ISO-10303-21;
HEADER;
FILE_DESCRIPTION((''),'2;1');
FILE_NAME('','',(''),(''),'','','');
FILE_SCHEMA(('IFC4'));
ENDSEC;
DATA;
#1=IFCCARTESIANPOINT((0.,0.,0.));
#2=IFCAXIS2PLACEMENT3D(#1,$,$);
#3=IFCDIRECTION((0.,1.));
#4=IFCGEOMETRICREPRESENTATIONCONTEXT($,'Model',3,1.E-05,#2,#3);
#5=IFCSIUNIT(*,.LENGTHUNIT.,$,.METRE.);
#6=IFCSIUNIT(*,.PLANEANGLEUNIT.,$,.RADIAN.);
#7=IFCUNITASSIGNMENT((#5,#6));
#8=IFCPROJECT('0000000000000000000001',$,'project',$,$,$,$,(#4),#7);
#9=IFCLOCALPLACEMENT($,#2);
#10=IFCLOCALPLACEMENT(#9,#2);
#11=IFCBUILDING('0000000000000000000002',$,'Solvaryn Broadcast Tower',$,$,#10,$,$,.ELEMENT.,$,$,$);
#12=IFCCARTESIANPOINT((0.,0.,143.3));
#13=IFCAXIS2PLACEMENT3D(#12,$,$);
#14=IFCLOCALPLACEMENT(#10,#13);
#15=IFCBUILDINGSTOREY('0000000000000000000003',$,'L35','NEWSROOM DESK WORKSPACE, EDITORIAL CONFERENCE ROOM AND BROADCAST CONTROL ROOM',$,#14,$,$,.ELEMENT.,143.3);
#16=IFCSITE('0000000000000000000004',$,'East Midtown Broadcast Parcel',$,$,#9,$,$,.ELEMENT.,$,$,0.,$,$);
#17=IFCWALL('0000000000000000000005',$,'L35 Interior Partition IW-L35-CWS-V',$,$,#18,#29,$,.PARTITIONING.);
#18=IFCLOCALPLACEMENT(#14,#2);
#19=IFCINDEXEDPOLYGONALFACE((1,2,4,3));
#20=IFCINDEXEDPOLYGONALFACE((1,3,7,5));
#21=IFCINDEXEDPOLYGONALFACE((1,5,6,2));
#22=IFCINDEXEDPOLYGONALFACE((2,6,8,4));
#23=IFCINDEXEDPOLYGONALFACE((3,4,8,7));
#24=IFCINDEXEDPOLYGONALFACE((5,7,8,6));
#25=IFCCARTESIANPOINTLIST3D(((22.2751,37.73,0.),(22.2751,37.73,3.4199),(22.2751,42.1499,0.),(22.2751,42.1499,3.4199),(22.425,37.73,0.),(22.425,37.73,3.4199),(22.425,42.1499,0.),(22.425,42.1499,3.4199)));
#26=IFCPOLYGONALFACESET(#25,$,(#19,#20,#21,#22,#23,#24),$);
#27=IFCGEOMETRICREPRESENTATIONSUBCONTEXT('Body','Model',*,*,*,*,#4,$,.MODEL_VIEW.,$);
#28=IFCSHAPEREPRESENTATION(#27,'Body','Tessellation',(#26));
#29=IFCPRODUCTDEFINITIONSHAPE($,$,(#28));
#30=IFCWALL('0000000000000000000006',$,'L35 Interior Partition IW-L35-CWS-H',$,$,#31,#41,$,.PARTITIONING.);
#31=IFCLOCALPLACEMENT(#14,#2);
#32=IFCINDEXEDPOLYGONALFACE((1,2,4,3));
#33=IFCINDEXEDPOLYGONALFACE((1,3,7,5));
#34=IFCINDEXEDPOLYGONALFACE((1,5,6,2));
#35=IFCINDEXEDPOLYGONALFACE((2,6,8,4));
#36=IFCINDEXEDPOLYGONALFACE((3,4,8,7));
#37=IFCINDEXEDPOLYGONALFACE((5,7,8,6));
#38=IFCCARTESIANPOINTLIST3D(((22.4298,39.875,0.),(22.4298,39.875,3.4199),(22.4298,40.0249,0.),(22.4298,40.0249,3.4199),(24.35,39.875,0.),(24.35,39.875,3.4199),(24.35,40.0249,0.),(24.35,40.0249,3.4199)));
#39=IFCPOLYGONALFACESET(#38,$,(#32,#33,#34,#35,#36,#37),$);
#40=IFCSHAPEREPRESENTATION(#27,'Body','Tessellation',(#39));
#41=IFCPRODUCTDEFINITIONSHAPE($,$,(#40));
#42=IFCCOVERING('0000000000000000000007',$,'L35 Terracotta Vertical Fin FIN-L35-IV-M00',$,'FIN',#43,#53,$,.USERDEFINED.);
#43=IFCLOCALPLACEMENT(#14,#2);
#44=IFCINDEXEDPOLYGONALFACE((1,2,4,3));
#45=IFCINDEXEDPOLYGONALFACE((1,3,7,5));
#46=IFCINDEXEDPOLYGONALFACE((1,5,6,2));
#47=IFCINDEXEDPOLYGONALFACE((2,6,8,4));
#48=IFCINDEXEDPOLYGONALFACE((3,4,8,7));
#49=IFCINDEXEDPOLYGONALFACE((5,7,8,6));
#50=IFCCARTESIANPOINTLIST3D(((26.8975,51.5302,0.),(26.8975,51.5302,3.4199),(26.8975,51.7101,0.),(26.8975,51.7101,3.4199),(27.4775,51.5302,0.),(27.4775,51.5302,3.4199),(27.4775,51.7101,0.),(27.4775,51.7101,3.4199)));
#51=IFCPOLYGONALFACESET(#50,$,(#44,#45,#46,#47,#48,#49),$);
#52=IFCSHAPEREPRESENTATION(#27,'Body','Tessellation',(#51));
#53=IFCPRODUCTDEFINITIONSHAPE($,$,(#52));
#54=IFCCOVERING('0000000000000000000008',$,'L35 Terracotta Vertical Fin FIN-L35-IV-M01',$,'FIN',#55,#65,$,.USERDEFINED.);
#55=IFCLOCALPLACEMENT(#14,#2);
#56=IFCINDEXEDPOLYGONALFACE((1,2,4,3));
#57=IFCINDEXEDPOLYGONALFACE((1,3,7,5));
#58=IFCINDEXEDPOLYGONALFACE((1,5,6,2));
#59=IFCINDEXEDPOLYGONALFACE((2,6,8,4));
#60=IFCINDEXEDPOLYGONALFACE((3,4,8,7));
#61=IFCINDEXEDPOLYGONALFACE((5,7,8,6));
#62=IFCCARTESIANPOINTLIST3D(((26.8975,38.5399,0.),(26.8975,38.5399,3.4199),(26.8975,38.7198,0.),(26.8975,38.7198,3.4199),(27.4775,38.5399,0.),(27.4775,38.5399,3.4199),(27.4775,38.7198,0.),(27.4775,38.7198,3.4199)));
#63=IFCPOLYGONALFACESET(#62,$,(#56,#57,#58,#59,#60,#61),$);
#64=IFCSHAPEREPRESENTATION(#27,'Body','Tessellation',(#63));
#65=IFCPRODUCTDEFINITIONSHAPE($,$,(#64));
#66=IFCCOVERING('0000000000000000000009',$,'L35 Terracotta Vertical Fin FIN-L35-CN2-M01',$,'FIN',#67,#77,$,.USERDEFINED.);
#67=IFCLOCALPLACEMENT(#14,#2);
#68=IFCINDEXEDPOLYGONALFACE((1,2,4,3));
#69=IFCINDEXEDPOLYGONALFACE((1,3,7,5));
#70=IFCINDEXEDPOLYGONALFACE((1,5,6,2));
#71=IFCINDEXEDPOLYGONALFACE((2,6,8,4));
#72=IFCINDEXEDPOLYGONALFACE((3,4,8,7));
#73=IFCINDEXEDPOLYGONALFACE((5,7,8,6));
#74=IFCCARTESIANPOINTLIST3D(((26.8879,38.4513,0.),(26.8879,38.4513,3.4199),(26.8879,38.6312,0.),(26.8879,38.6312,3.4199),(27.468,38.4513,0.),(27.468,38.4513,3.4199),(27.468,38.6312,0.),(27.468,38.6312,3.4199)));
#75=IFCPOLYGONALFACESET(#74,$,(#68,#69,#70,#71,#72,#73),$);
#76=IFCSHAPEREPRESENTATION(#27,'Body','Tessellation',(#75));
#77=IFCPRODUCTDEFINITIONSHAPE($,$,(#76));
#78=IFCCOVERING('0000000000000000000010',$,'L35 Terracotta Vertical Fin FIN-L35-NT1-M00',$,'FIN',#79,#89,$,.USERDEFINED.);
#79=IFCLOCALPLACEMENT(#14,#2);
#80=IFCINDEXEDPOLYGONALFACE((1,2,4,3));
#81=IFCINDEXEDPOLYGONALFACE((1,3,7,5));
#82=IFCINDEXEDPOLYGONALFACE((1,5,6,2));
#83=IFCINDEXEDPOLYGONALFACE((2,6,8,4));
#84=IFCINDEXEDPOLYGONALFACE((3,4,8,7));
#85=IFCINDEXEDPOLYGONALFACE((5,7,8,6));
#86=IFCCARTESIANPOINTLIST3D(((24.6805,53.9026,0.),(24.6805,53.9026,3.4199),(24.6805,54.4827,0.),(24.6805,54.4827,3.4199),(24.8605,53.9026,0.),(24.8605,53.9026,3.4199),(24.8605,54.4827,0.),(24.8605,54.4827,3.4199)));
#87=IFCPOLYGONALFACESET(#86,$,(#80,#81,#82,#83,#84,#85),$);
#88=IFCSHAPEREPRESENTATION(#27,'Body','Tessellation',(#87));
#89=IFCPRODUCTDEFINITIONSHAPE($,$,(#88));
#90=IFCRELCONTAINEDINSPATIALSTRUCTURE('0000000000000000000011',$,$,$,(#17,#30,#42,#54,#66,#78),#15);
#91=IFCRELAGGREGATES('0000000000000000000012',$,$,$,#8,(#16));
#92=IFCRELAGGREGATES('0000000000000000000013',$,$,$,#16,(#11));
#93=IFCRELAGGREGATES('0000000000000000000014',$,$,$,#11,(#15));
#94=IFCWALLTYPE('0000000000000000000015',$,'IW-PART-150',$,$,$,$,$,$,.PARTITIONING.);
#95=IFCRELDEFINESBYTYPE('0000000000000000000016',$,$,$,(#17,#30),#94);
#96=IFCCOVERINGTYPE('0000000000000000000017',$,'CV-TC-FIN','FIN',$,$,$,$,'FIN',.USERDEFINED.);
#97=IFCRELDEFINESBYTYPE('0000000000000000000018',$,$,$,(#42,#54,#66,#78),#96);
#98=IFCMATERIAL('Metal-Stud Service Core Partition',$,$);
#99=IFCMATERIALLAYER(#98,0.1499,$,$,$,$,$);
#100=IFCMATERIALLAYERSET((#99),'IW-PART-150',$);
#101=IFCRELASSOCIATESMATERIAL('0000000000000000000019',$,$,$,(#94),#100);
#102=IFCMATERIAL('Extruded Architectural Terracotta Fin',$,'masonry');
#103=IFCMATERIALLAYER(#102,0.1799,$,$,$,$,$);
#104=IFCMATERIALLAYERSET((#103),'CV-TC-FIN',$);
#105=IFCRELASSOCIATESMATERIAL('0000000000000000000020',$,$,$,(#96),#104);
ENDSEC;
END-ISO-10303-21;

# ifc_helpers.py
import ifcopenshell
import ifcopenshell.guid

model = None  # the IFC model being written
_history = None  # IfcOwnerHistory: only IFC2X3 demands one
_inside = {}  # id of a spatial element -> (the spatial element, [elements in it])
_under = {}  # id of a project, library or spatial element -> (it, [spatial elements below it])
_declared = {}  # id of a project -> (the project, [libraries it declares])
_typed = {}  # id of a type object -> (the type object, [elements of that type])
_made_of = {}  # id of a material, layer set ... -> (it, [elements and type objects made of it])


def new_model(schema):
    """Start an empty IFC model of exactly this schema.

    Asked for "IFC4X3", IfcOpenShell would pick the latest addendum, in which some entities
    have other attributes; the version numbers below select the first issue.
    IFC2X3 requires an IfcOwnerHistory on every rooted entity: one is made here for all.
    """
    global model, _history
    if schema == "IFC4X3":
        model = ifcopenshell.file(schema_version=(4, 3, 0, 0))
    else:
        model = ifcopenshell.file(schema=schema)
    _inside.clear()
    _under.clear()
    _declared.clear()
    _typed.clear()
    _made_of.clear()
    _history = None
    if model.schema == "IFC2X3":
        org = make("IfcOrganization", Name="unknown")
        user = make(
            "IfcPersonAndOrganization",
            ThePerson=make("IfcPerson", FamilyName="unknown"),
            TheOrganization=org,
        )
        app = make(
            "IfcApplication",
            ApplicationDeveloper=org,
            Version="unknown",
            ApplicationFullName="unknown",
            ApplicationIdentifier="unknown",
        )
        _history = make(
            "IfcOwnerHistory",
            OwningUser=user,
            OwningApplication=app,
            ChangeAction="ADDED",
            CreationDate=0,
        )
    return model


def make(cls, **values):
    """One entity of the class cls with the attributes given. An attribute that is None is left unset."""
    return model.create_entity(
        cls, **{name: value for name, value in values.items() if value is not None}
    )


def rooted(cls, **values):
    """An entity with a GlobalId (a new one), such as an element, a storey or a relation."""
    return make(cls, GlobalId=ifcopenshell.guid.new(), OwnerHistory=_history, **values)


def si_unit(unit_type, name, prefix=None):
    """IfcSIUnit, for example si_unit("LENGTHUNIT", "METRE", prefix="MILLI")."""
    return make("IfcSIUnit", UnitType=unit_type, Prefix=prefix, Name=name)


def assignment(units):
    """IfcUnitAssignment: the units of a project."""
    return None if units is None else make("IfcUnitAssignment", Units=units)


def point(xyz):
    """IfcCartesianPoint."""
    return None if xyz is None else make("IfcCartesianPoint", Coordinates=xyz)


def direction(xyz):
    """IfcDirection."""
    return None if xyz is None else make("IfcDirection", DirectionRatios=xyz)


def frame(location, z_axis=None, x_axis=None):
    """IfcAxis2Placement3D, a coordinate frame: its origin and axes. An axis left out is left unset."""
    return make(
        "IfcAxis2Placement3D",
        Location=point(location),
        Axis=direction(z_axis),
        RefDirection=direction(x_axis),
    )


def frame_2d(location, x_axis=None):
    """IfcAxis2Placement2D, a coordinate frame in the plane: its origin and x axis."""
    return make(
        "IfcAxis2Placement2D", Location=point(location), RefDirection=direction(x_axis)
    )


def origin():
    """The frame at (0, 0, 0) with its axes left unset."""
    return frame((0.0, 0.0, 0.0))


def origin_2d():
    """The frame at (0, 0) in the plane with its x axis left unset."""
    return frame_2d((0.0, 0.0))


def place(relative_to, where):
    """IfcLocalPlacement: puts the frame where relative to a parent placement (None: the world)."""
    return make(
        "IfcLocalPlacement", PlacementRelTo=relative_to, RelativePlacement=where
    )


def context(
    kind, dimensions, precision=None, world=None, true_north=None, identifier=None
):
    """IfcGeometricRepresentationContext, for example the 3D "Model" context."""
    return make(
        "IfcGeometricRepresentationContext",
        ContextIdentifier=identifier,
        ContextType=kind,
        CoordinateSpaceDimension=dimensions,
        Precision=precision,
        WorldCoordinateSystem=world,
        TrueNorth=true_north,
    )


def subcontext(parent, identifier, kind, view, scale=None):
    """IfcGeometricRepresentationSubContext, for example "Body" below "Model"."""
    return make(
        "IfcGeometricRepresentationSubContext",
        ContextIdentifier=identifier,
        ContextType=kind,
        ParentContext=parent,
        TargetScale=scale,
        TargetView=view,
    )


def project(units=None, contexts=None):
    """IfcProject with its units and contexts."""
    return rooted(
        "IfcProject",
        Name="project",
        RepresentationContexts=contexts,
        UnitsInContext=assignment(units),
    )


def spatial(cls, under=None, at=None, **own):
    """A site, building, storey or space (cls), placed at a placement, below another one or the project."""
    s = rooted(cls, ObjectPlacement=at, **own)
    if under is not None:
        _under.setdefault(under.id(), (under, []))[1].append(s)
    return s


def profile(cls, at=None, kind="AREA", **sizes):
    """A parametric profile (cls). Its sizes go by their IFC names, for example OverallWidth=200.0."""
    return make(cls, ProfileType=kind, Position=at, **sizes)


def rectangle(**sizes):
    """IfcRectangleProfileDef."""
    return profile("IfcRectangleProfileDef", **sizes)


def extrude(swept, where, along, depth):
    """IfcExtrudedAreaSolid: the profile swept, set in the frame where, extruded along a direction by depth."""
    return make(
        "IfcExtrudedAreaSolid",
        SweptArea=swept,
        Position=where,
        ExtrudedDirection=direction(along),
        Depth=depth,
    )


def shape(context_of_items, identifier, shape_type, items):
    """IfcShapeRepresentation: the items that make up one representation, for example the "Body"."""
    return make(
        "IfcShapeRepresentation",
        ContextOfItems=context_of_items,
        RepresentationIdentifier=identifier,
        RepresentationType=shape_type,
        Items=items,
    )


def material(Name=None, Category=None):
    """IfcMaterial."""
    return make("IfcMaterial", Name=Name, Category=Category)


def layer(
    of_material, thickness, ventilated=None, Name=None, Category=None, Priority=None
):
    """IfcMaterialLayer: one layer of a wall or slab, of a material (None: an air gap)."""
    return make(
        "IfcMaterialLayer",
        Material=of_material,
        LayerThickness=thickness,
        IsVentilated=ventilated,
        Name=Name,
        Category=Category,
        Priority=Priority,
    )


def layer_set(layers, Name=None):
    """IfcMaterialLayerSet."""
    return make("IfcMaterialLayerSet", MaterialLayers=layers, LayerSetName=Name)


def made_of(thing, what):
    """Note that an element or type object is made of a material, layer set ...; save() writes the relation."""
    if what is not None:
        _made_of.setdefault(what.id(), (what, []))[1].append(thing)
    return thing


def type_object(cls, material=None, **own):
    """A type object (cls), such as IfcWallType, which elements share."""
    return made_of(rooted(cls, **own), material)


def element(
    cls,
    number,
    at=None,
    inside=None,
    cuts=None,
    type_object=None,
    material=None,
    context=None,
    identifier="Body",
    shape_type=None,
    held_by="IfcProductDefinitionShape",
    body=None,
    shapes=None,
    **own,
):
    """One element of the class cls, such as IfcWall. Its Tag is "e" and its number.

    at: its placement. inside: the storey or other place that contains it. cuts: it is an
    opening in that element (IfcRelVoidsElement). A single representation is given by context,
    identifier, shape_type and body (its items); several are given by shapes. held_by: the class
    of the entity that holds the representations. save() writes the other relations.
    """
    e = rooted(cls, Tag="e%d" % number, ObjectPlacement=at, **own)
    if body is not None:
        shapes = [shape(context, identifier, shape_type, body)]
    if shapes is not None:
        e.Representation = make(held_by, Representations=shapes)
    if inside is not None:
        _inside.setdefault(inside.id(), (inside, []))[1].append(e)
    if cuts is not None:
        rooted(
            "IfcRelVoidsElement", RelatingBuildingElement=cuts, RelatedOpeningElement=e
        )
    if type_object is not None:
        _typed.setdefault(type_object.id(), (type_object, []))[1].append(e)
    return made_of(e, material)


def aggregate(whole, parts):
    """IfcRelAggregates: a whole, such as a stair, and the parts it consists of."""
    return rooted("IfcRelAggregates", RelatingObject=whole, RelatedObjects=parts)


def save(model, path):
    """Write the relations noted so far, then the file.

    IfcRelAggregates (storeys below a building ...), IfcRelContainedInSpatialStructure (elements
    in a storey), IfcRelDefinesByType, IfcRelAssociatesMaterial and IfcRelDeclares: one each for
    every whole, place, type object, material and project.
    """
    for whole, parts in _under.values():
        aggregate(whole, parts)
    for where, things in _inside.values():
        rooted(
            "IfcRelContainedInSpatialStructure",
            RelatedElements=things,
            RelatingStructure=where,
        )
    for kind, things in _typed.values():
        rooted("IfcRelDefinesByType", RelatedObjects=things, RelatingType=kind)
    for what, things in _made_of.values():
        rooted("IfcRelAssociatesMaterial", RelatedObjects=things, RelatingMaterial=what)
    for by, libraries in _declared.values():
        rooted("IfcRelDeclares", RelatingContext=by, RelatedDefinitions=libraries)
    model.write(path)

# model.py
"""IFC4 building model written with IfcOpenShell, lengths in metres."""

from ifc_helpers import new_model, si_unit, direction, frame, frame_2d, origin, origin_2d, place, context, subcontext, project, spatial, rectangle, extrude, material, layer, layer_set, type_object, element, save


model = new_model("IFC4")

# Units and contexts
model_context = context("Model", 3, precision=1e-05, world=origin(), true_north=direction((0.0, 1.0)))
body_context = subcontext(model_context, "Body", "Model", "MODEL_VIEW")
ifc_project = project(units=[si_unit("LENGTHUNIT", "METRE"), si_unit("PLANEANGLEUNIT", "RADIAN")], contexts=[model_context])

# Site, building, storey
site_placement = place(None, origin())
site = spatial("IfcSite", under=ifc_project, at=site_placement, Name="East Midtown Broadcast Parcel", CompositionType="ELEMENT", RefElevation=0.0)
building_placement = place(site_placement, origin())
building = spatial("IfcBuilding", under=site, at=building_placement, Name="Solvaryn Broadcast Tower", CompositionType="ELEMENT")
storey_placement = place(building_placement, frame((0.0, 0.0, 143.3)))
storey = spatial("IfcBuildingStorey", under=building, at=storey_placement, Name="L35", Description="NEWSROOM DESK WORKSPACE, EDITORIAL CONFERENCE ROOM AND BROADCAST CONTROL ROOM", CompositionType="ELEMENT", Elevation=143.3)

# Walls
ifc_material_1 = material(Name="Metal-Stud Service Core Partition")
ifc_layer_1 = layer(ifc_material_1, 0.1499)
ifc_layer_set_1 = layer_set([ifc_layer_1], Name="IW-PART-150")
wall_type_1 = type_object("IfcWallType", Name="IW-PART-150", PredefinedType="PARTITIONING", material=ifc_layer_set_1)
wall_1_placement = place(storey_placement, frame((22.3501, 37.73, 0.0), z_axis=(0.0, 0.0, 1.0), x_axis=(0.0, 1.0, 0.0)))
element("IfcWall", 1, at=wall_1_placement, inside=storey, type_object=wall_type_1, Name="L35 Interior Partition IW-L35-CWS-V", PredefinedType="PARTITIONING", context=body_context, shape_type="SweptSolid", body=[
    extrude(rectangle(XDim=4.4199, YDim=0.1499, at=frame_2d((2.21, 0.0))), origin(), (0.0, 0.0, 1.0), 3.4199),
])
wall_2_placement = place(storey_placement, frame((22.4299, 39.95, 0.0), z_axis=(0.0, 0.0, 1.0), x_axis=(1.0, 0.0, 0.0)))
element("IfcWall", 2, at=wall_2_placement, inside=storey, type_object=wall_type_1, Name="L35 Interior Partition IW-L35-CWS-H", PredefinedType="PARTITIONING", context=body_context, shape_type="SweptSolid", body=[
    extrude(rectangle(XDim=1.9202, YDim=0.1499, at=frame_2d((0.96, 0.0))), origin(), (0.0, 0.0, 1.0), 3.4199),
])

# Coverings
ifc_material_2 = material(Name="Extruded Architectural Terracotta Fin", Category="masonry")
ifc_layer_2 = layer(ifc_material_2, 0.1799)
ifc_layer_set_2 = layer_set([ifc_layer_2], Name="CV-TC-FIN")
covering_type = type_object("IfcCoveringType", Name="CV-TC-FIN", Description="FIN", ElementType="FIN", PredefinedType="USERDEFINED", material=ifc_layer_set_2)
for number, where, z_axis, x_axis, name in (
    (3, (27.1875, 51.6201, 0.0), (0.0, 0.0, 1.0), (1.0, 0.0, 0.0), "L35 Terracotta Vertical Fin FIN-L35-IV-M00"),
    (4, (27.1875, 38.6299, 0.0), (0.0, 0.0, 1.0), (1.0, 0.0, 0.0), "L35 Terracotta Vertical Fin FIN-L35-IV-M01"),
    (5, (27.178, 38.5413, 0.0), (0.0, 0.0, 1.0), (1.0, 0.0, 0.0), "L35 Terracotta Vertical Fin FIN-L35-CN2-M01"),
):
    element("IfcCovering", number, at=place(storey_placement, frame(where, z_axis=z_axis, x_axis=x_axis)), inside=storey, type_object=covering_type, Name=name, ObjectType="FIN", PredefinedType="USERDEFINED", context=body_context, shape_type="SweptSolid", body=[
        extrude(rectangle(XDim=0.5801, YDim=0.1799, at=origin_2d()), origin(), (0.0, 0.0, 1.0), 3.4199),
    ])
covering_placement = place(storey_placement, frame((24.7705, 54.1926, 0.0), z_axis=(0.0, 0.0, 1.0), x_axis=(1.0, 0.0, 0.0)))
element("IfcCovering", 6, at=covering_placement, inside=storey, type_object=covering_type, Name="L35 Terracotta Vertical Fin FIN-L35-NT1-M00", ObjectType="FIN", PredefinedType="USERDEFINED", context=body_context, shape_type="SweptSolid", body=[
    extrude(rectangle(XDim=0.1799, YDim=0.5801, at=origin_2d()), origin(), (0.0, 0.0, 1.0), 3.4199),
])

save(model, "model.ifc")
